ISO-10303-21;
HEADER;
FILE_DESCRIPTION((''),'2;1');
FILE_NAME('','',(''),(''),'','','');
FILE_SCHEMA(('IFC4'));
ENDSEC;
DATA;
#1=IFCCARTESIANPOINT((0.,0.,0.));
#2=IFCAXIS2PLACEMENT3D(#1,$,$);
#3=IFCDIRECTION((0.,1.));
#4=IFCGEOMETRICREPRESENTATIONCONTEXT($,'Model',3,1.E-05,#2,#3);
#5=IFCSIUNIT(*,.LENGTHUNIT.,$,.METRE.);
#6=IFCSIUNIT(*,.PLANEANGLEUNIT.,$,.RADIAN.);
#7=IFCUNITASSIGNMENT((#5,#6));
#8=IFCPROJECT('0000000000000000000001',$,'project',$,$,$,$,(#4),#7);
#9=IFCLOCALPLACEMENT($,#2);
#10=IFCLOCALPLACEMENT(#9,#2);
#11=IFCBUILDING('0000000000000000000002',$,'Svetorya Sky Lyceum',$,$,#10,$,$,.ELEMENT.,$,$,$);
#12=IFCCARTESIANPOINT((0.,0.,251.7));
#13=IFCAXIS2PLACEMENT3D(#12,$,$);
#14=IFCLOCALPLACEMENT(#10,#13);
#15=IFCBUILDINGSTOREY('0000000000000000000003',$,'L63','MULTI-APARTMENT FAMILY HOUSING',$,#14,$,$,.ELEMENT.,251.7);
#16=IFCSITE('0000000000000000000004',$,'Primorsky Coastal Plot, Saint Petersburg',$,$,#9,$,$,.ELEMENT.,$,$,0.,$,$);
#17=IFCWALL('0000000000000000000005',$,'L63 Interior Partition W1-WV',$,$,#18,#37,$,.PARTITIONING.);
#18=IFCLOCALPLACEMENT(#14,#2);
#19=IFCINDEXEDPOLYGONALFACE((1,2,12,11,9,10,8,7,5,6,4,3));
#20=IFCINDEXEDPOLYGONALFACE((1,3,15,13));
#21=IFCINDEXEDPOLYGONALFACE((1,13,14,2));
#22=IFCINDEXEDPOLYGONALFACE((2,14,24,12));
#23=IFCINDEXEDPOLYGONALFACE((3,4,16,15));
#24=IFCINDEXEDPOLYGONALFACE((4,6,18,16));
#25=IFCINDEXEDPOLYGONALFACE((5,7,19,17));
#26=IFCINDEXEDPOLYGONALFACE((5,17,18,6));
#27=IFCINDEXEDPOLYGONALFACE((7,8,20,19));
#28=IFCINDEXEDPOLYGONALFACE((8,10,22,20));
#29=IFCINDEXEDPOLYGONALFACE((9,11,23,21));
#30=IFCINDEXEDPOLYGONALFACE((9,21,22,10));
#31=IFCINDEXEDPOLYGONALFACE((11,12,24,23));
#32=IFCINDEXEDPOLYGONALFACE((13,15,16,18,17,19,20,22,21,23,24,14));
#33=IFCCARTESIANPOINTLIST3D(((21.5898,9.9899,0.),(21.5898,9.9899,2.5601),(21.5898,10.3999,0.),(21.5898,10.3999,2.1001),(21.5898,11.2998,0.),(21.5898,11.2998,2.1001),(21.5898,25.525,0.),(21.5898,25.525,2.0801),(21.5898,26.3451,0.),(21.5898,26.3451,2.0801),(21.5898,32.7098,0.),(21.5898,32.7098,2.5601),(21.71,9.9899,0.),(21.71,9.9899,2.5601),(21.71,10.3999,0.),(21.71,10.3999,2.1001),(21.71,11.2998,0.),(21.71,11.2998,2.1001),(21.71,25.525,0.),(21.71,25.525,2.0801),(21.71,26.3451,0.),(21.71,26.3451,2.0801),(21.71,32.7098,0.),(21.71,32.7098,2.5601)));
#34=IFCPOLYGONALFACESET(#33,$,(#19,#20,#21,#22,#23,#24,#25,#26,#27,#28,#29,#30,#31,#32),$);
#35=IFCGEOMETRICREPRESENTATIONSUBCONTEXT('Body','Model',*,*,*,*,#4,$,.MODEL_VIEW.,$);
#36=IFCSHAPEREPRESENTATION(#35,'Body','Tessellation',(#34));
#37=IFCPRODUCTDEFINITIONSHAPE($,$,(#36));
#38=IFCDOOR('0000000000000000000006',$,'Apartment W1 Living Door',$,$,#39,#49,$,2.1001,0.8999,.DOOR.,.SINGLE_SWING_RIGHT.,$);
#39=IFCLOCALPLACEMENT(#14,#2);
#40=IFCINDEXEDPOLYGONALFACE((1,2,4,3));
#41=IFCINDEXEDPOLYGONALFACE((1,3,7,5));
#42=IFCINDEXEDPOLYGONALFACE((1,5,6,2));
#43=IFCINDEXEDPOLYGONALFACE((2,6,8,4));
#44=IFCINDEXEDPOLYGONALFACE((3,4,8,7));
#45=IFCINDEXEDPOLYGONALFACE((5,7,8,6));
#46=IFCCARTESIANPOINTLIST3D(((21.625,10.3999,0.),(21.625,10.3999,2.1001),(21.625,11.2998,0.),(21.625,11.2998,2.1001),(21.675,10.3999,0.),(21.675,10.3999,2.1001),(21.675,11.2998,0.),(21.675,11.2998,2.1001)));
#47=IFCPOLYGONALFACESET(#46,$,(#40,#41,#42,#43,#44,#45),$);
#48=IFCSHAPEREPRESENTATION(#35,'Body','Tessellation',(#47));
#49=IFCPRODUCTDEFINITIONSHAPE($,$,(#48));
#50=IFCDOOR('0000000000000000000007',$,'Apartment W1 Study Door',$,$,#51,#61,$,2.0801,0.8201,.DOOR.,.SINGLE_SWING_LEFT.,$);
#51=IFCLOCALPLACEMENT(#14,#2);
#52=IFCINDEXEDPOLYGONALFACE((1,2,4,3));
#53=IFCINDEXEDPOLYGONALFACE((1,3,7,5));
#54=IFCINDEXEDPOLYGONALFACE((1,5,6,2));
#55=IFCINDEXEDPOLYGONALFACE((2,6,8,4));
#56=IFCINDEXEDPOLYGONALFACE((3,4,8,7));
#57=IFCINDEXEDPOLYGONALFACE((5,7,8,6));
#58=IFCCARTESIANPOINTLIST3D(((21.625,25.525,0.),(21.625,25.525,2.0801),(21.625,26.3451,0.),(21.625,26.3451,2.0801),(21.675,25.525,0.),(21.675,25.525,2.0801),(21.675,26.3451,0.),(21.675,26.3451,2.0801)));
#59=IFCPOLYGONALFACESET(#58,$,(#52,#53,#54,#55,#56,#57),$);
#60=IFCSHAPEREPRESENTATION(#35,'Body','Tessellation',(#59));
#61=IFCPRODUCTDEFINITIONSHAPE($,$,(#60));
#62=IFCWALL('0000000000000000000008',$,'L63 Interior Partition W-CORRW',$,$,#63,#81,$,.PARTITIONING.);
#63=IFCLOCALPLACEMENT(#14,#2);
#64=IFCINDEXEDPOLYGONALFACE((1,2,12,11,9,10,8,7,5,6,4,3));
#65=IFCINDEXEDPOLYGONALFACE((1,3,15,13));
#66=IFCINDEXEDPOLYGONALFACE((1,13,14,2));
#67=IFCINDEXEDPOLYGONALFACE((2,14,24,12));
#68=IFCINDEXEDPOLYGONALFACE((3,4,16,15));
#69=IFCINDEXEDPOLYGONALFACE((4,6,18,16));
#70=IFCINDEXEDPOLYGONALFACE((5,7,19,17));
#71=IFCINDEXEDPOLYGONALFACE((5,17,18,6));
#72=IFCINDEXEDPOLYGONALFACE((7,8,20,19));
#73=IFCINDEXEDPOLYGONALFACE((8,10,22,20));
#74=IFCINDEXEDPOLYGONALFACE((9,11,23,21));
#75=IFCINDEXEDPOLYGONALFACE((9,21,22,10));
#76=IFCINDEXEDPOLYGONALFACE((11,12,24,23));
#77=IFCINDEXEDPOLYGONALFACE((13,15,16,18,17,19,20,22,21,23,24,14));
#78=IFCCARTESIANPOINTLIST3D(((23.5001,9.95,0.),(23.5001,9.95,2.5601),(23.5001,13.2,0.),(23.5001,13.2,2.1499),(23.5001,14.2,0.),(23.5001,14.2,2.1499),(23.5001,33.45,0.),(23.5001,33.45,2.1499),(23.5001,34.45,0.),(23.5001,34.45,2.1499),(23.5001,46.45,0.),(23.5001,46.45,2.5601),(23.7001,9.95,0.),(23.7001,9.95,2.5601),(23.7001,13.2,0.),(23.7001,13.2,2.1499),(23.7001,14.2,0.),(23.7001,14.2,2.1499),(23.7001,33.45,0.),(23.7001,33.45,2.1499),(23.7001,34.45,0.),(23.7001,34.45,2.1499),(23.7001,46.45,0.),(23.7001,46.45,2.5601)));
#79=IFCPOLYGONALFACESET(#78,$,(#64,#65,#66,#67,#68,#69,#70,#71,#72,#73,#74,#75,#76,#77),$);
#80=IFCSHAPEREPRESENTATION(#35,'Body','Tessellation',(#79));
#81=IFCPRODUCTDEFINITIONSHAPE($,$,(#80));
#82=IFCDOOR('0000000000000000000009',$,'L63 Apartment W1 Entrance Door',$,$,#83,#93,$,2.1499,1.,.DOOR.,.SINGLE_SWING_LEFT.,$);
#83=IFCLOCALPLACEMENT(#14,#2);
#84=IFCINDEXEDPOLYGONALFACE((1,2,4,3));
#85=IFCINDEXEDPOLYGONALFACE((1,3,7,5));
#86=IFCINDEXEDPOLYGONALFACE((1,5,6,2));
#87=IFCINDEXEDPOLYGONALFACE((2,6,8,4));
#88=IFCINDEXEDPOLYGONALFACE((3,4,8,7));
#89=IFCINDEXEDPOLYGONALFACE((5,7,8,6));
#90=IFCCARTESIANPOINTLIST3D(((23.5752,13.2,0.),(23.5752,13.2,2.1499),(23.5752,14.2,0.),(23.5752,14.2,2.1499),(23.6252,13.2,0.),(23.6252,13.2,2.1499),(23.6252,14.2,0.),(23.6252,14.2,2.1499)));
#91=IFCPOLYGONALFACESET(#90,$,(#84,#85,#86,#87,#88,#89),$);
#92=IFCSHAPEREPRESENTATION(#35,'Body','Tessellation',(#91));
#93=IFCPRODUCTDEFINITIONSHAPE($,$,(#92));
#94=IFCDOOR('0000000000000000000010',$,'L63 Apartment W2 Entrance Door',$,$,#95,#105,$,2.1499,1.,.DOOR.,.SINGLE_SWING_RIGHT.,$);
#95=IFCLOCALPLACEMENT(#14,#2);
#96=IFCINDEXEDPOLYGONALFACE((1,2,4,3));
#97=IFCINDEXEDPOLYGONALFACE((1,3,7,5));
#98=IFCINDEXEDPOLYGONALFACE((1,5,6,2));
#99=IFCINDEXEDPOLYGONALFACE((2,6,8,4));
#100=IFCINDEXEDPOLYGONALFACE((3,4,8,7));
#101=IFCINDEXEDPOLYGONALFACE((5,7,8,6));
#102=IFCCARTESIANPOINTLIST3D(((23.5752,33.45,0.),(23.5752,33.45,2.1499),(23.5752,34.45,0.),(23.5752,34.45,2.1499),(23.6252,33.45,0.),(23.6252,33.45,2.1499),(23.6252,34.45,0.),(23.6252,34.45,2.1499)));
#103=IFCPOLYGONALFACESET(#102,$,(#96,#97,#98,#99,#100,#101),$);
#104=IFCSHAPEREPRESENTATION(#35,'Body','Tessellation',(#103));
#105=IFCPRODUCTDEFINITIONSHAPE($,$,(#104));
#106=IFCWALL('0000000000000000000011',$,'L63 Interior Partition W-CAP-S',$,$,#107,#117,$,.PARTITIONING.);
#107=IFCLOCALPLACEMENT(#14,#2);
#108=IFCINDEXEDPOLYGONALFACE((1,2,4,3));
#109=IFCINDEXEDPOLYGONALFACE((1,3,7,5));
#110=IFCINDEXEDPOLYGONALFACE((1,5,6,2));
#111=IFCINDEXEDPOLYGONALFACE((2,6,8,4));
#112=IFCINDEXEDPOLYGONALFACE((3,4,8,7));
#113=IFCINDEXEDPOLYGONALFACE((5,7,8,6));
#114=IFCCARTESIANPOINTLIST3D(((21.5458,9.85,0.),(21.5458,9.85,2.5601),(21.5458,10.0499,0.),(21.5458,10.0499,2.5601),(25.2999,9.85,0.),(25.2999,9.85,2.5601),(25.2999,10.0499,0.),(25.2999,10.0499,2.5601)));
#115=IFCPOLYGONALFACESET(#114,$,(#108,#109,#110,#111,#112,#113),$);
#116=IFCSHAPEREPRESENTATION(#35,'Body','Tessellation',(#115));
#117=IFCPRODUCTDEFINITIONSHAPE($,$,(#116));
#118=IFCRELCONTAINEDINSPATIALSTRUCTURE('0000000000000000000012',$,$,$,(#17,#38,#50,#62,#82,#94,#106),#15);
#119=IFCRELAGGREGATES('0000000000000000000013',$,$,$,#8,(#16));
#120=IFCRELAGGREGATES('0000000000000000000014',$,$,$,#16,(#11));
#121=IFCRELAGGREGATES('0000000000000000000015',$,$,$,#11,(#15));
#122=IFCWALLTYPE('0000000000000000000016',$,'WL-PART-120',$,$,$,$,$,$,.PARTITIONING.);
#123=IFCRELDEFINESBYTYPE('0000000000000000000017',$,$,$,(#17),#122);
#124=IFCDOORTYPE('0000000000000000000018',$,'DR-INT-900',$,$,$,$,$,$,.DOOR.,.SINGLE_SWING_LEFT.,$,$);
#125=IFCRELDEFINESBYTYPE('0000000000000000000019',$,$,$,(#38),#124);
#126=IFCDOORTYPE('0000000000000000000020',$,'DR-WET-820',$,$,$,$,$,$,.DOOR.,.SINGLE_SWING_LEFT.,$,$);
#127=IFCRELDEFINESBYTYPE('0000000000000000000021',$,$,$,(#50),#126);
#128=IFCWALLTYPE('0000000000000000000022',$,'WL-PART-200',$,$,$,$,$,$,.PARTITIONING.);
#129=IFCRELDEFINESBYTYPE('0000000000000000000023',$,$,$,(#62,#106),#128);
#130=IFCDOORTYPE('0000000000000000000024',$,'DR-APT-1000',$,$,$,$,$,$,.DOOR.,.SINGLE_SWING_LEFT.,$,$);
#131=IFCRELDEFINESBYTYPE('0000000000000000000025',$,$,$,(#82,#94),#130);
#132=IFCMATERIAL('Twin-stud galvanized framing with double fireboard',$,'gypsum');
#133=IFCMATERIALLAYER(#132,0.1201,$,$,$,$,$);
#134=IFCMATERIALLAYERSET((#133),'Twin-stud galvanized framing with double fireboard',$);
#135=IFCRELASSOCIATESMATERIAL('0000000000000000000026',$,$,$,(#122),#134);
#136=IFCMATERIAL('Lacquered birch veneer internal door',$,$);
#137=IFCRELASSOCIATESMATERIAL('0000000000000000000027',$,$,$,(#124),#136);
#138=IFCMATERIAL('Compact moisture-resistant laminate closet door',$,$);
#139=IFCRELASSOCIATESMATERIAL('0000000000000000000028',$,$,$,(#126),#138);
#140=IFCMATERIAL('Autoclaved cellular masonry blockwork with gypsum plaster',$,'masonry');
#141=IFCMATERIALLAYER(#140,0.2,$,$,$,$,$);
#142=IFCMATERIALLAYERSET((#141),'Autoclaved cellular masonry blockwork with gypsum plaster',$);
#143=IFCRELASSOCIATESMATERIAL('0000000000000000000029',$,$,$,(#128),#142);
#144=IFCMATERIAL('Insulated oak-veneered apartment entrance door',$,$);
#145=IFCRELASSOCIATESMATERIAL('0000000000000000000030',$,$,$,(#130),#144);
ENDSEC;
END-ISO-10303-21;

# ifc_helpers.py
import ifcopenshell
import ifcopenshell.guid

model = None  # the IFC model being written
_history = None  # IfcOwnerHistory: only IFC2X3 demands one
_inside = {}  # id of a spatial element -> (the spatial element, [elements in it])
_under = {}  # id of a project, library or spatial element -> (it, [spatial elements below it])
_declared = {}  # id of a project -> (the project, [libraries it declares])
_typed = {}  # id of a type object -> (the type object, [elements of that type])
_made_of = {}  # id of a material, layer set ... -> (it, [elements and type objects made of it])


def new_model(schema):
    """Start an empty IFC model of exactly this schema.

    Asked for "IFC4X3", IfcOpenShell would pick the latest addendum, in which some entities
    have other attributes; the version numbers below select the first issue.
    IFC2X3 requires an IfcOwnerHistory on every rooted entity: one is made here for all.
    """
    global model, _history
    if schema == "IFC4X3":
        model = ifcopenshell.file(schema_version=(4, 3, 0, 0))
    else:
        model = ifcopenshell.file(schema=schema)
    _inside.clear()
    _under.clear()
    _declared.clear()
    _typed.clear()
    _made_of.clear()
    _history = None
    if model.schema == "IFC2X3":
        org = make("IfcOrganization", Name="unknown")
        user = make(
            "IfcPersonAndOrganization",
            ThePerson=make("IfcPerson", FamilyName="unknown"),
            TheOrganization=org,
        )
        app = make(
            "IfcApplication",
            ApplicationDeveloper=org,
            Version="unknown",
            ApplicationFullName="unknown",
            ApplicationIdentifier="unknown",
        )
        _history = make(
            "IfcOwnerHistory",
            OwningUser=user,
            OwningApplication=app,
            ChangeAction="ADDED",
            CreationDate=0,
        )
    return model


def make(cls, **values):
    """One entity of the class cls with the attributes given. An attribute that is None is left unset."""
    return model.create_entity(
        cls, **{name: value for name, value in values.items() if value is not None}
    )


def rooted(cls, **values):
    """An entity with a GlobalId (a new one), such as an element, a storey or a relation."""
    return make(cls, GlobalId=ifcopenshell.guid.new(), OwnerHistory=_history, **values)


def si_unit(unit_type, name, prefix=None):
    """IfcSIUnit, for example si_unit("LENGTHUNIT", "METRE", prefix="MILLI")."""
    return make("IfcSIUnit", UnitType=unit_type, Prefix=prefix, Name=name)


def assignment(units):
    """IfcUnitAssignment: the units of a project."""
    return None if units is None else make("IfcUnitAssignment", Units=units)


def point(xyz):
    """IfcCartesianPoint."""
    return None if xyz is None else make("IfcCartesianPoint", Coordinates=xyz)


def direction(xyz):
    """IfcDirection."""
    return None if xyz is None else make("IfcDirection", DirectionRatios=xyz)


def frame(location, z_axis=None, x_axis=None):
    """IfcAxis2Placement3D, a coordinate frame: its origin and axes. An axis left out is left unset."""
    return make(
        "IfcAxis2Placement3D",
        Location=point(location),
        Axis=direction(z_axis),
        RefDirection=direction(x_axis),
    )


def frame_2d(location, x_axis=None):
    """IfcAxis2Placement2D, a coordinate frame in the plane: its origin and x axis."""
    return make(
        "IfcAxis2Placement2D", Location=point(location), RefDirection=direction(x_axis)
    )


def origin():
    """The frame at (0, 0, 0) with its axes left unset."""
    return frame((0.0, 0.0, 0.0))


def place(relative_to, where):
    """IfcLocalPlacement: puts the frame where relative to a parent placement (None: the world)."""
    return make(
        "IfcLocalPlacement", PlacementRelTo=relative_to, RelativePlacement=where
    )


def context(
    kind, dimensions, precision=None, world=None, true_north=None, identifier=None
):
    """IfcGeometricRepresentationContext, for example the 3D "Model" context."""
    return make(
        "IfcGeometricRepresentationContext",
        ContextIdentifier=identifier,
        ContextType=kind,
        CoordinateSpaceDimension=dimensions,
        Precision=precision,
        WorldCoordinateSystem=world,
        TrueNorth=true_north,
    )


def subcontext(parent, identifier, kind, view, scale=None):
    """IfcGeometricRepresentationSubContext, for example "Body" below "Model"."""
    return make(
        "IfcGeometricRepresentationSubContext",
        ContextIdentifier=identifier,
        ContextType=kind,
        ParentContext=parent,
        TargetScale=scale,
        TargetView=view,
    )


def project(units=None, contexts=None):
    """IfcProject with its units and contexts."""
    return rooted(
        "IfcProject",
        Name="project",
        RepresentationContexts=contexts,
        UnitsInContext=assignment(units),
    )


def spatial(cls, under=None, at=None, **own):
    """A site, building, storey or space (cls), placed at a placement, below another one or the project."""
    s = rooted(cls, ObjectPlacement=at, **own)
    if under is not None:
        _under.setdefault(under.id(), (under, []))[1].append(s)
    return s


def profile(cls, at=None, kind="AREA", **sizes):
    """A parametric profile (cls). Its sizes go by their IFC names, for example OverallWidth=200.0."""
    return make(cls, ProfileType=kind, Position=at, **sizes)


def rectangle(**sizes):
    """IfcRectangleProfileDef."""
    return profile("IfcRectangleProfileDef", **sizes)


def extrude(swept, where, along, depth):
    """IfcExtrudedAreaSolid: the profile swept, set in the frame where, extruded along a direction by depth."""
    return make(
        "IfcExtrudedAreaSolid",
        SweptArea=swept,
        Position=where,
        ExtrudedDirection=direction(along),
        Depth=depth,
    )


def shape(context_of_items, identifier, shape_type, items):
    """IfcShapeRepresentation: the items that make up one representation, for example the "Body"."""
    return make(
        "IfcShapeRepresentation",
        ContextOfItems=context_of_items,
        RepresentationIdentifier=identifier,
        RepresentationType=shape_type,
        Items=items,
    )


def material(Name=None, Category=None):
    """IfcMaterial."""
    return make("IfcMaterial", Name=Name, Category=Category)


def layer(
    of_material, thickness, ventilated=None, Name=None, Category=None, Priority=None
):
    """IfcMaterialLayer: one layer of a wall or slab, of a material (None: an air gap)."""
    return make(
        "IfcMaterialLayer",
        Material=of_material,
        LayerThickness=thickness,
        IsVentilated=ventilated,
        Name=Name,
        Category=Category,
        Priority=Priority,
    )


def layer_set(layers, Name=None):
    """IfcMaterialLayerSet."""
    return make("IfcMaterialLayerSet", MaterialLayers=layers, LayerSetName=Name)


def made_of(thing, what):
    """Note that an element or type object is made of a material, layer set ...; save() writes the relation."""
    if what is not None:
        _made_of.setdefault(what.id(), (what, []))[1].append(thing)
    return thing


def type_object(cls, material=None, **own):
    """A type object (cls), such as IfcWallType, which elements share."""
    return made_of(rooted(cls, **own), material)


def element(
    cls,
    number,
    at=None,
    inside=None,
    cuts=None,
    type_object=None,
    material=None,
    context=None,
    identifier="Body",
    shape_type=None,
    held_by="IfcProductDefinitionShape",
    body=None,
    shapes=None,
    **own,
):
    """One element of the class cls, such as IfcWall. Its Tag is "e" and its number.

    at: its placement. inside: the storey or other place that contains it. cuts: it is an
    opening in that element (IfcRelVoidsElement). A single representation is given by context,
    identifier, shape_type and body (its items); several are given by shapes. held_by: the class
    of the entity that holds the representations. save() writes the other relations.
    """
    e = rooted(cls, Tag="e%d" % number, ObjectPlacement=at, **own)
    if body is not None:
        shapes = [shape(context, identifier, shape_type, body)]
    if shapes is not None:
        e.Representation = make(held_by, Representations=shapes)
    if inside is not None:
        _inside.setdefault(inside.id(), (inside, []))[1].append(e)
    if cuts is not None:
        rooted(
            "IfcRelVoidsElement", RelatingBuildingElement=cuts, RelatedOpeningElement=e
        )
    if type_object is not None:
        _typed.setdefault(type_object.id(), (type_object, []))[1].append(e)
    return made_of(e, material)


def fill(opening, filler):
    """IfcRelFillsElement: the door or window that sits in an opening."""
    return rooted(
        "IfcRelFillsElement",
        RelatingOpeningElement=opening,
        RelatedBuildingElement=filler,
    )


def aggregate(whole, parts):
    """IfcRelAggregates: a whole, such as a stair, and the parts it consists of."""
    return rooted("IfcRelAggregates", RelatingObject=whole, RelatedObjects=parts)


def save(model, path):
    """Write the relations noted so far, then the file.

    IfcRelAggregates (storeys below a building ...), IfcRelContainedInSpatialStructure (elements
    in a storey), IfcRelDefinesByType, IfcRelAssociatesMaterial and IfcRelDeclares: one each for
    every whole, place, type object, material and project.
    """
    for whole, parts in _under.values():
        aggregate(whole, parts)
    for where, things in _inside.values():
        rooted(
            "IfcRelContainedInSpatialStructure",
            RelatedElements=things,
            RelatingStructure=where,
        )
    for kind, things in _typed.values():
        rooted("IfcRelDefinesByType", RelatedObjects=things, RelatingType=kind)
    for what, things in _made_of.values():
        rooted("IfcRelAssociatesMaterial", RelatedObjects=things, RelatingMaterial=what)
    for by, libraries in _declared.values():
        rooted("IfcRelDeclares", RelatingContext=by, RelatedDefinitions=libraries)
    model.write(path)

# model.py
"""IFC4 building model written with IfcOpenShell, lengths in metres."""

from ifc_helpers import new_model, si_unit, direction, frame, frame_2d, origin, place, context, subcontext, project, spatial, rectangle, extrude, material, layer, layer_set, type_object, element, fill, save


model = new_model("IFC4")

# Units and contexts
model_context = context("Model", 3, precision=1e-05, world=origin(), true_north=direction((0.0, 1.0)))
body_context = subcontext(model_context, "Body", "Model", "MODEL_VIEW")
ifc_project = project(units=[si_unit("LENGTHUNIT", "METRE"), si_unit("PLANEANGLEUNIT", "RADIAN")], contexts=[model_context])

# Site, building, storey
site_placement = place(None, origin())
site = spatial("IfcSite", under=ifc_project, at=site_placement, Name="Primorsky Coastal Plot, Saint Petersburg", CompositionType="ELEMENT", RefElevation=0.0)
building_placement = place(site_placement, origin())
building = spatial("IfcBuilding", under=site, at=building_placement, Name="Svetorya Sky Lyceum", CompositionType="ELEMENT")
storey_placement = place(building_placement, frame((0.0, 0.0, 251.7)))
storey = spatial("IfcBuildingStorey", under=building, at=storey_placement, Name="L63", Description="MULTI-APARTMENT FAMILY HOUSING", CompositionType="ELEMENT", Elevation=251.7)

# Shared definitions
ifc_material_1 = material(Name="Twin-stud galvanized framing with double fireboard", Category="gypsum")
ifc_layer_1 = layer(ifc_material_1, 0.1201)
ifc_layer_set_1 = layer_set([ifc_layer_1], Name="Twin-stud galvanized framing with double fireboard")
wall_type_1 = type_object("IfcWallType", Name="WL-PART-120", PredefinedType="PARTITIONING", material=ifc_layer_set_1)

# Walls, openings, doors
wall_1_placement = place(storey_placement, frame((21.6499, 9.99, 0.0), z_axis=(0.0, 0.0, 1.0), x_axis=(0.0, 1.0, 0.0)))
wall_1 = element("IfcWall", 1, at=wall_1_placement, inside=storey, type_object=wall_type_1, Name="L63 Interior Partition W1-WV", PredefinedType="PARTITIONING", context=body_context, shape_type="SweptSolid", body=[
    extrude(rectangle(XDim=22.72, YDim=0.1201, at=frame_2d((11.3599, 0.0))), origin(), (0.0, 0.0, 1.0), 2.5601),
])
opening_1_placement = place(wall_1_placement, frame((0.4099, 0.0, 0.0)))
opening_1 = element("IfcOpeningElement", 2, at=opening_1_placement, cuts=wall_1, PredefinedType="OPENING", context=body_context, shape_type="SweptSolid", body=[
    extrude(rectangle(XDim=0.8999, YDim=2.1001, at=frame_2d((0.45, 1.05))), frame((0.0, 0.0701, 0.0), z_axis=(0.0, -1.0, 0.0), x_axis=(1.0, 0.0, 0.0)), (0.0, 0.0, 1.0), 0.1401),
])
opening_2_placement = place(wall_1_placement, frame((15.5349, 0.0, 0.0)))
opening_2 = element("IfcOpeningElement", 3, at=opening_2_placement, cuts=wall_1, PredefinedType="OPENING", context=body_context, shape_type="SweptSolid", body=[
    extrude(rectangle(XDim=0.8201, YDim=2.0801, at=frame_2d((0.4102, 1.04))), frame((0.0, 0.0701, 0.0), z_axis=(0.0, -1.0, 0.0), x_axis=(1.0, 0.0, 0.0)), (0.0, 0.0, 1.0), 0.1401),
])
ifc_material_2 = material(Name="Lacquered birch veneer internal door")
door_type_1 = type_object("IfcDoorType", Name="DR-INT-900", OperationType="SINGLE_SWING_LEFT", PredefinedType="DOOR", material=ifc_material_2)
door_1_placement = place(opening_1_placement, origin())
door_1 = element("IfcDoor", 4, at=door_1_placement, inside=storey, type_object=door_type_1, Name="Apartment W1 Living Door", OperationType="SINGLE_SWING_RIGHT", OverallHeight=2.1001, OverallWidth=0.8999, PredefinedType="DOOR", context=body_context, shape_type="SweptSolid", body=[
    extrude(rectangle(XDim=0.8999, YDim=2.1001, at=frame_2d((0.45, 1.05))), frame((0.0, 0.0249, 0.0), z_axis=(0.0, -1.0, 0.0), x_axis=(1.0, 0.0, 0.0)), (0.0, 0.0, 1.0), 0.05),
])
fill(opening_1, door_1)
ifc_material_3 = material(Name="Compact moisture-resistant laminate closet door")
door_type_2 = type_object("IfcDoorType", Name="DR-WET-820", OperationType="SINGLE_SWING_LEFT", PredefinedType="DOOR", material=ifc_material_3)
door_2_placement = place(opening_2_placement, origin())
door_2 = element("IfcDoor", 5, at=door_2_placement, inside=storey, type_object=door_type_2, Name="Apartment W1 Study Door", OperationType="SINGLE_SWING_LEFT", OverallHeight=2.0801, OverallWidth=0.8201, PredefinedType="DOOR", context=body_context, shape_type="SweptSolid", body=[
    extrude(rectangle(XDim=0.8201, YDim=2.0801, at=frame_2d((0.4102, 1.04))), frame((0.0, 0.0249, 0.0), z_axis=(0.0, -1.0, 0.0), x_axis=(1.0, 0.0, 0.0)), (0.0, 0.0, 1.0), 0.05),
])
fill(opening_2, door_2)
ifc_material_4 = material(Name="Autoclaved cellular masonry blockwork with gypsum plaster", Category="masonry")
ifc_layer_2 = layer(ifc_material_4, 0.2)
ifc_layer_set_2 = layer_set([ifc_layer_2], Name="Autoclaved cellular masonry blockwork with gypsum plaster")
wall_type_2 = type_object("IfcWallType", Name="WL-PART-200", PredefinedType="PARTITIONING", material=ifc_layer_set_2)
wall_2_placement = place(storey_placement, frame((23.6001, 9.95, 0.0), z_axis=(0.0, 0.0, 1.0), x_axis=(0.0, 1.0, 0.0)))
wall_2 = element("IfcWall", 6, at=wall_2_placement, inside=storey, type_object=wall_type_2, Name="L63 Interior Partition W-CORRW", PredefinedType="PARTITIONING", context=body_context, shape_type="SweptSolid", body=[
    extrude(rectangle(XDim=36.5, YDim=0.2, at=frame_2d((18.25, 0.0))), origin(), (0.0, 0.0, 1.0), 2.5601),
])
opening_3_placement = place(wall_2_placement, frame((3.25, 0.0, 0.0)))
opening_3 = element("IfcOpeningElement", 7, at=opening_3_placement, cuts=wall_2, PredefinedType="OPENING", context=body_context, shape_type="SweptSolid", body=[
    extrude(rectangle(XDim=1.0, YDim=2.1499, at=frame_2d((0.5, 1.075))), frame((0.0, 0.1099, 0.0), z_axis=(0.0, -1.0, 0.0), x_axis=(1.0, 0.0, 0.0)), (0.0, 0.0, 1.0), 0.22),
])
opening_4_placement = place(wall_2_placement, frame((23.5, 0.0, 0.0)))
opening_4 = element("IfcOpeningElement", 8, at=opening_4_placement, cuts=wall_2, PredefinedType="OPENING", context=body_context, shape_type="SweptSolid", body=[
    extrude(rectangle(XDim=1.0, YDim=2.1499, at=frame_2d((0.5, 1.075))), frame((0.0, 0.1099, 0.0), z_axis=(0.0, -1.0, 0.0), x_axis=(1.0, 0.0, 0.0)), (0.0, 0.0, 1.0), 0.22),
])
ifc_material_5 = material(Name="Insulated oak-veneered apartment entrance door")
door_type_3 = type_object("IfcDoorType", Name="DR-APT-1000", OperationType="SINGLE_SWING_LEFT", PredefinedType="DOOR", material=ifc_material_5)
door_3_placement = place(opening_3_placement, origin())
door_3 = element("IfcDoor", 9, at=door_3_placement, inside=storey, type_object=door_type_3, Name="L63 Apartment W1 Entrance Door", OperationType="SINGLE_SWING_LEFT", OverallHeight=2.1499, OverallWidth=1.0, PredefinedType="DOOR", context=body_context, shape_type="SweptSolid", body=[
    extrude(rectangle(XDim=1.0, YDim=2.1499, at=frame_2d((0.5, 1.075))), frame((0.0, 0.0249, 0.0), z_axis=(0.0, -1.0, 0.0), x_axis=(1.0, 0.0, 0.0)), (0.0, 0.0, 1.0), 0.05),
])
fill(opening_3, door_3)
door_4_placement = place(opening_4_placement, origin())
door_4 = element("IfcDoor", 10, at=door_4_placement, inside=storey, type_object=door_type_3, Name="L63 Apartment W2 Entrance Door", OperationType="SINGLE_SWING_RIGHT", OverallHeight=2.1499, OverallWidth=1.0, PredefinedType="DOOR", context=body_context, shape_type="SweptSolid", body=[
    extrude(rectangle(XDim=1.0, YDim=2.1499, at=frame_2d((0.5, 1.075))), frame((0.0, 0.0249, 0.0), z_axis=(0.0, -1.0, 0.0), x_axis=(1.0, 0.0, 0.0)), (0.0, 0.0, 1.0), 0.05),
])
fill(opening_4, door_4)

# Wall
wall_3_placement = place(storey_placement, frame((21.5459, 9.95, 0.0), z_axis=(0.0, 0.0, 1.0), x_axis=(1.0, 0.0, 0.0)))
element("IfcWall", 11, at=wall_3_placement, inside=storey, type_object=wall_type_2, Name="L63 Interior Partition W-CAP-S", PredefinedType="PARTITIONING", context=body_context, shape_type="SweptSolid", body=[
    extrude(rectangle(XDim=3.7542, YDim=0.2, at=frame_2d((1.877, 0.0))), origin(), (0.0, 0.0, 1.0), 2.5601),
])

save(model, "model.ifc")
